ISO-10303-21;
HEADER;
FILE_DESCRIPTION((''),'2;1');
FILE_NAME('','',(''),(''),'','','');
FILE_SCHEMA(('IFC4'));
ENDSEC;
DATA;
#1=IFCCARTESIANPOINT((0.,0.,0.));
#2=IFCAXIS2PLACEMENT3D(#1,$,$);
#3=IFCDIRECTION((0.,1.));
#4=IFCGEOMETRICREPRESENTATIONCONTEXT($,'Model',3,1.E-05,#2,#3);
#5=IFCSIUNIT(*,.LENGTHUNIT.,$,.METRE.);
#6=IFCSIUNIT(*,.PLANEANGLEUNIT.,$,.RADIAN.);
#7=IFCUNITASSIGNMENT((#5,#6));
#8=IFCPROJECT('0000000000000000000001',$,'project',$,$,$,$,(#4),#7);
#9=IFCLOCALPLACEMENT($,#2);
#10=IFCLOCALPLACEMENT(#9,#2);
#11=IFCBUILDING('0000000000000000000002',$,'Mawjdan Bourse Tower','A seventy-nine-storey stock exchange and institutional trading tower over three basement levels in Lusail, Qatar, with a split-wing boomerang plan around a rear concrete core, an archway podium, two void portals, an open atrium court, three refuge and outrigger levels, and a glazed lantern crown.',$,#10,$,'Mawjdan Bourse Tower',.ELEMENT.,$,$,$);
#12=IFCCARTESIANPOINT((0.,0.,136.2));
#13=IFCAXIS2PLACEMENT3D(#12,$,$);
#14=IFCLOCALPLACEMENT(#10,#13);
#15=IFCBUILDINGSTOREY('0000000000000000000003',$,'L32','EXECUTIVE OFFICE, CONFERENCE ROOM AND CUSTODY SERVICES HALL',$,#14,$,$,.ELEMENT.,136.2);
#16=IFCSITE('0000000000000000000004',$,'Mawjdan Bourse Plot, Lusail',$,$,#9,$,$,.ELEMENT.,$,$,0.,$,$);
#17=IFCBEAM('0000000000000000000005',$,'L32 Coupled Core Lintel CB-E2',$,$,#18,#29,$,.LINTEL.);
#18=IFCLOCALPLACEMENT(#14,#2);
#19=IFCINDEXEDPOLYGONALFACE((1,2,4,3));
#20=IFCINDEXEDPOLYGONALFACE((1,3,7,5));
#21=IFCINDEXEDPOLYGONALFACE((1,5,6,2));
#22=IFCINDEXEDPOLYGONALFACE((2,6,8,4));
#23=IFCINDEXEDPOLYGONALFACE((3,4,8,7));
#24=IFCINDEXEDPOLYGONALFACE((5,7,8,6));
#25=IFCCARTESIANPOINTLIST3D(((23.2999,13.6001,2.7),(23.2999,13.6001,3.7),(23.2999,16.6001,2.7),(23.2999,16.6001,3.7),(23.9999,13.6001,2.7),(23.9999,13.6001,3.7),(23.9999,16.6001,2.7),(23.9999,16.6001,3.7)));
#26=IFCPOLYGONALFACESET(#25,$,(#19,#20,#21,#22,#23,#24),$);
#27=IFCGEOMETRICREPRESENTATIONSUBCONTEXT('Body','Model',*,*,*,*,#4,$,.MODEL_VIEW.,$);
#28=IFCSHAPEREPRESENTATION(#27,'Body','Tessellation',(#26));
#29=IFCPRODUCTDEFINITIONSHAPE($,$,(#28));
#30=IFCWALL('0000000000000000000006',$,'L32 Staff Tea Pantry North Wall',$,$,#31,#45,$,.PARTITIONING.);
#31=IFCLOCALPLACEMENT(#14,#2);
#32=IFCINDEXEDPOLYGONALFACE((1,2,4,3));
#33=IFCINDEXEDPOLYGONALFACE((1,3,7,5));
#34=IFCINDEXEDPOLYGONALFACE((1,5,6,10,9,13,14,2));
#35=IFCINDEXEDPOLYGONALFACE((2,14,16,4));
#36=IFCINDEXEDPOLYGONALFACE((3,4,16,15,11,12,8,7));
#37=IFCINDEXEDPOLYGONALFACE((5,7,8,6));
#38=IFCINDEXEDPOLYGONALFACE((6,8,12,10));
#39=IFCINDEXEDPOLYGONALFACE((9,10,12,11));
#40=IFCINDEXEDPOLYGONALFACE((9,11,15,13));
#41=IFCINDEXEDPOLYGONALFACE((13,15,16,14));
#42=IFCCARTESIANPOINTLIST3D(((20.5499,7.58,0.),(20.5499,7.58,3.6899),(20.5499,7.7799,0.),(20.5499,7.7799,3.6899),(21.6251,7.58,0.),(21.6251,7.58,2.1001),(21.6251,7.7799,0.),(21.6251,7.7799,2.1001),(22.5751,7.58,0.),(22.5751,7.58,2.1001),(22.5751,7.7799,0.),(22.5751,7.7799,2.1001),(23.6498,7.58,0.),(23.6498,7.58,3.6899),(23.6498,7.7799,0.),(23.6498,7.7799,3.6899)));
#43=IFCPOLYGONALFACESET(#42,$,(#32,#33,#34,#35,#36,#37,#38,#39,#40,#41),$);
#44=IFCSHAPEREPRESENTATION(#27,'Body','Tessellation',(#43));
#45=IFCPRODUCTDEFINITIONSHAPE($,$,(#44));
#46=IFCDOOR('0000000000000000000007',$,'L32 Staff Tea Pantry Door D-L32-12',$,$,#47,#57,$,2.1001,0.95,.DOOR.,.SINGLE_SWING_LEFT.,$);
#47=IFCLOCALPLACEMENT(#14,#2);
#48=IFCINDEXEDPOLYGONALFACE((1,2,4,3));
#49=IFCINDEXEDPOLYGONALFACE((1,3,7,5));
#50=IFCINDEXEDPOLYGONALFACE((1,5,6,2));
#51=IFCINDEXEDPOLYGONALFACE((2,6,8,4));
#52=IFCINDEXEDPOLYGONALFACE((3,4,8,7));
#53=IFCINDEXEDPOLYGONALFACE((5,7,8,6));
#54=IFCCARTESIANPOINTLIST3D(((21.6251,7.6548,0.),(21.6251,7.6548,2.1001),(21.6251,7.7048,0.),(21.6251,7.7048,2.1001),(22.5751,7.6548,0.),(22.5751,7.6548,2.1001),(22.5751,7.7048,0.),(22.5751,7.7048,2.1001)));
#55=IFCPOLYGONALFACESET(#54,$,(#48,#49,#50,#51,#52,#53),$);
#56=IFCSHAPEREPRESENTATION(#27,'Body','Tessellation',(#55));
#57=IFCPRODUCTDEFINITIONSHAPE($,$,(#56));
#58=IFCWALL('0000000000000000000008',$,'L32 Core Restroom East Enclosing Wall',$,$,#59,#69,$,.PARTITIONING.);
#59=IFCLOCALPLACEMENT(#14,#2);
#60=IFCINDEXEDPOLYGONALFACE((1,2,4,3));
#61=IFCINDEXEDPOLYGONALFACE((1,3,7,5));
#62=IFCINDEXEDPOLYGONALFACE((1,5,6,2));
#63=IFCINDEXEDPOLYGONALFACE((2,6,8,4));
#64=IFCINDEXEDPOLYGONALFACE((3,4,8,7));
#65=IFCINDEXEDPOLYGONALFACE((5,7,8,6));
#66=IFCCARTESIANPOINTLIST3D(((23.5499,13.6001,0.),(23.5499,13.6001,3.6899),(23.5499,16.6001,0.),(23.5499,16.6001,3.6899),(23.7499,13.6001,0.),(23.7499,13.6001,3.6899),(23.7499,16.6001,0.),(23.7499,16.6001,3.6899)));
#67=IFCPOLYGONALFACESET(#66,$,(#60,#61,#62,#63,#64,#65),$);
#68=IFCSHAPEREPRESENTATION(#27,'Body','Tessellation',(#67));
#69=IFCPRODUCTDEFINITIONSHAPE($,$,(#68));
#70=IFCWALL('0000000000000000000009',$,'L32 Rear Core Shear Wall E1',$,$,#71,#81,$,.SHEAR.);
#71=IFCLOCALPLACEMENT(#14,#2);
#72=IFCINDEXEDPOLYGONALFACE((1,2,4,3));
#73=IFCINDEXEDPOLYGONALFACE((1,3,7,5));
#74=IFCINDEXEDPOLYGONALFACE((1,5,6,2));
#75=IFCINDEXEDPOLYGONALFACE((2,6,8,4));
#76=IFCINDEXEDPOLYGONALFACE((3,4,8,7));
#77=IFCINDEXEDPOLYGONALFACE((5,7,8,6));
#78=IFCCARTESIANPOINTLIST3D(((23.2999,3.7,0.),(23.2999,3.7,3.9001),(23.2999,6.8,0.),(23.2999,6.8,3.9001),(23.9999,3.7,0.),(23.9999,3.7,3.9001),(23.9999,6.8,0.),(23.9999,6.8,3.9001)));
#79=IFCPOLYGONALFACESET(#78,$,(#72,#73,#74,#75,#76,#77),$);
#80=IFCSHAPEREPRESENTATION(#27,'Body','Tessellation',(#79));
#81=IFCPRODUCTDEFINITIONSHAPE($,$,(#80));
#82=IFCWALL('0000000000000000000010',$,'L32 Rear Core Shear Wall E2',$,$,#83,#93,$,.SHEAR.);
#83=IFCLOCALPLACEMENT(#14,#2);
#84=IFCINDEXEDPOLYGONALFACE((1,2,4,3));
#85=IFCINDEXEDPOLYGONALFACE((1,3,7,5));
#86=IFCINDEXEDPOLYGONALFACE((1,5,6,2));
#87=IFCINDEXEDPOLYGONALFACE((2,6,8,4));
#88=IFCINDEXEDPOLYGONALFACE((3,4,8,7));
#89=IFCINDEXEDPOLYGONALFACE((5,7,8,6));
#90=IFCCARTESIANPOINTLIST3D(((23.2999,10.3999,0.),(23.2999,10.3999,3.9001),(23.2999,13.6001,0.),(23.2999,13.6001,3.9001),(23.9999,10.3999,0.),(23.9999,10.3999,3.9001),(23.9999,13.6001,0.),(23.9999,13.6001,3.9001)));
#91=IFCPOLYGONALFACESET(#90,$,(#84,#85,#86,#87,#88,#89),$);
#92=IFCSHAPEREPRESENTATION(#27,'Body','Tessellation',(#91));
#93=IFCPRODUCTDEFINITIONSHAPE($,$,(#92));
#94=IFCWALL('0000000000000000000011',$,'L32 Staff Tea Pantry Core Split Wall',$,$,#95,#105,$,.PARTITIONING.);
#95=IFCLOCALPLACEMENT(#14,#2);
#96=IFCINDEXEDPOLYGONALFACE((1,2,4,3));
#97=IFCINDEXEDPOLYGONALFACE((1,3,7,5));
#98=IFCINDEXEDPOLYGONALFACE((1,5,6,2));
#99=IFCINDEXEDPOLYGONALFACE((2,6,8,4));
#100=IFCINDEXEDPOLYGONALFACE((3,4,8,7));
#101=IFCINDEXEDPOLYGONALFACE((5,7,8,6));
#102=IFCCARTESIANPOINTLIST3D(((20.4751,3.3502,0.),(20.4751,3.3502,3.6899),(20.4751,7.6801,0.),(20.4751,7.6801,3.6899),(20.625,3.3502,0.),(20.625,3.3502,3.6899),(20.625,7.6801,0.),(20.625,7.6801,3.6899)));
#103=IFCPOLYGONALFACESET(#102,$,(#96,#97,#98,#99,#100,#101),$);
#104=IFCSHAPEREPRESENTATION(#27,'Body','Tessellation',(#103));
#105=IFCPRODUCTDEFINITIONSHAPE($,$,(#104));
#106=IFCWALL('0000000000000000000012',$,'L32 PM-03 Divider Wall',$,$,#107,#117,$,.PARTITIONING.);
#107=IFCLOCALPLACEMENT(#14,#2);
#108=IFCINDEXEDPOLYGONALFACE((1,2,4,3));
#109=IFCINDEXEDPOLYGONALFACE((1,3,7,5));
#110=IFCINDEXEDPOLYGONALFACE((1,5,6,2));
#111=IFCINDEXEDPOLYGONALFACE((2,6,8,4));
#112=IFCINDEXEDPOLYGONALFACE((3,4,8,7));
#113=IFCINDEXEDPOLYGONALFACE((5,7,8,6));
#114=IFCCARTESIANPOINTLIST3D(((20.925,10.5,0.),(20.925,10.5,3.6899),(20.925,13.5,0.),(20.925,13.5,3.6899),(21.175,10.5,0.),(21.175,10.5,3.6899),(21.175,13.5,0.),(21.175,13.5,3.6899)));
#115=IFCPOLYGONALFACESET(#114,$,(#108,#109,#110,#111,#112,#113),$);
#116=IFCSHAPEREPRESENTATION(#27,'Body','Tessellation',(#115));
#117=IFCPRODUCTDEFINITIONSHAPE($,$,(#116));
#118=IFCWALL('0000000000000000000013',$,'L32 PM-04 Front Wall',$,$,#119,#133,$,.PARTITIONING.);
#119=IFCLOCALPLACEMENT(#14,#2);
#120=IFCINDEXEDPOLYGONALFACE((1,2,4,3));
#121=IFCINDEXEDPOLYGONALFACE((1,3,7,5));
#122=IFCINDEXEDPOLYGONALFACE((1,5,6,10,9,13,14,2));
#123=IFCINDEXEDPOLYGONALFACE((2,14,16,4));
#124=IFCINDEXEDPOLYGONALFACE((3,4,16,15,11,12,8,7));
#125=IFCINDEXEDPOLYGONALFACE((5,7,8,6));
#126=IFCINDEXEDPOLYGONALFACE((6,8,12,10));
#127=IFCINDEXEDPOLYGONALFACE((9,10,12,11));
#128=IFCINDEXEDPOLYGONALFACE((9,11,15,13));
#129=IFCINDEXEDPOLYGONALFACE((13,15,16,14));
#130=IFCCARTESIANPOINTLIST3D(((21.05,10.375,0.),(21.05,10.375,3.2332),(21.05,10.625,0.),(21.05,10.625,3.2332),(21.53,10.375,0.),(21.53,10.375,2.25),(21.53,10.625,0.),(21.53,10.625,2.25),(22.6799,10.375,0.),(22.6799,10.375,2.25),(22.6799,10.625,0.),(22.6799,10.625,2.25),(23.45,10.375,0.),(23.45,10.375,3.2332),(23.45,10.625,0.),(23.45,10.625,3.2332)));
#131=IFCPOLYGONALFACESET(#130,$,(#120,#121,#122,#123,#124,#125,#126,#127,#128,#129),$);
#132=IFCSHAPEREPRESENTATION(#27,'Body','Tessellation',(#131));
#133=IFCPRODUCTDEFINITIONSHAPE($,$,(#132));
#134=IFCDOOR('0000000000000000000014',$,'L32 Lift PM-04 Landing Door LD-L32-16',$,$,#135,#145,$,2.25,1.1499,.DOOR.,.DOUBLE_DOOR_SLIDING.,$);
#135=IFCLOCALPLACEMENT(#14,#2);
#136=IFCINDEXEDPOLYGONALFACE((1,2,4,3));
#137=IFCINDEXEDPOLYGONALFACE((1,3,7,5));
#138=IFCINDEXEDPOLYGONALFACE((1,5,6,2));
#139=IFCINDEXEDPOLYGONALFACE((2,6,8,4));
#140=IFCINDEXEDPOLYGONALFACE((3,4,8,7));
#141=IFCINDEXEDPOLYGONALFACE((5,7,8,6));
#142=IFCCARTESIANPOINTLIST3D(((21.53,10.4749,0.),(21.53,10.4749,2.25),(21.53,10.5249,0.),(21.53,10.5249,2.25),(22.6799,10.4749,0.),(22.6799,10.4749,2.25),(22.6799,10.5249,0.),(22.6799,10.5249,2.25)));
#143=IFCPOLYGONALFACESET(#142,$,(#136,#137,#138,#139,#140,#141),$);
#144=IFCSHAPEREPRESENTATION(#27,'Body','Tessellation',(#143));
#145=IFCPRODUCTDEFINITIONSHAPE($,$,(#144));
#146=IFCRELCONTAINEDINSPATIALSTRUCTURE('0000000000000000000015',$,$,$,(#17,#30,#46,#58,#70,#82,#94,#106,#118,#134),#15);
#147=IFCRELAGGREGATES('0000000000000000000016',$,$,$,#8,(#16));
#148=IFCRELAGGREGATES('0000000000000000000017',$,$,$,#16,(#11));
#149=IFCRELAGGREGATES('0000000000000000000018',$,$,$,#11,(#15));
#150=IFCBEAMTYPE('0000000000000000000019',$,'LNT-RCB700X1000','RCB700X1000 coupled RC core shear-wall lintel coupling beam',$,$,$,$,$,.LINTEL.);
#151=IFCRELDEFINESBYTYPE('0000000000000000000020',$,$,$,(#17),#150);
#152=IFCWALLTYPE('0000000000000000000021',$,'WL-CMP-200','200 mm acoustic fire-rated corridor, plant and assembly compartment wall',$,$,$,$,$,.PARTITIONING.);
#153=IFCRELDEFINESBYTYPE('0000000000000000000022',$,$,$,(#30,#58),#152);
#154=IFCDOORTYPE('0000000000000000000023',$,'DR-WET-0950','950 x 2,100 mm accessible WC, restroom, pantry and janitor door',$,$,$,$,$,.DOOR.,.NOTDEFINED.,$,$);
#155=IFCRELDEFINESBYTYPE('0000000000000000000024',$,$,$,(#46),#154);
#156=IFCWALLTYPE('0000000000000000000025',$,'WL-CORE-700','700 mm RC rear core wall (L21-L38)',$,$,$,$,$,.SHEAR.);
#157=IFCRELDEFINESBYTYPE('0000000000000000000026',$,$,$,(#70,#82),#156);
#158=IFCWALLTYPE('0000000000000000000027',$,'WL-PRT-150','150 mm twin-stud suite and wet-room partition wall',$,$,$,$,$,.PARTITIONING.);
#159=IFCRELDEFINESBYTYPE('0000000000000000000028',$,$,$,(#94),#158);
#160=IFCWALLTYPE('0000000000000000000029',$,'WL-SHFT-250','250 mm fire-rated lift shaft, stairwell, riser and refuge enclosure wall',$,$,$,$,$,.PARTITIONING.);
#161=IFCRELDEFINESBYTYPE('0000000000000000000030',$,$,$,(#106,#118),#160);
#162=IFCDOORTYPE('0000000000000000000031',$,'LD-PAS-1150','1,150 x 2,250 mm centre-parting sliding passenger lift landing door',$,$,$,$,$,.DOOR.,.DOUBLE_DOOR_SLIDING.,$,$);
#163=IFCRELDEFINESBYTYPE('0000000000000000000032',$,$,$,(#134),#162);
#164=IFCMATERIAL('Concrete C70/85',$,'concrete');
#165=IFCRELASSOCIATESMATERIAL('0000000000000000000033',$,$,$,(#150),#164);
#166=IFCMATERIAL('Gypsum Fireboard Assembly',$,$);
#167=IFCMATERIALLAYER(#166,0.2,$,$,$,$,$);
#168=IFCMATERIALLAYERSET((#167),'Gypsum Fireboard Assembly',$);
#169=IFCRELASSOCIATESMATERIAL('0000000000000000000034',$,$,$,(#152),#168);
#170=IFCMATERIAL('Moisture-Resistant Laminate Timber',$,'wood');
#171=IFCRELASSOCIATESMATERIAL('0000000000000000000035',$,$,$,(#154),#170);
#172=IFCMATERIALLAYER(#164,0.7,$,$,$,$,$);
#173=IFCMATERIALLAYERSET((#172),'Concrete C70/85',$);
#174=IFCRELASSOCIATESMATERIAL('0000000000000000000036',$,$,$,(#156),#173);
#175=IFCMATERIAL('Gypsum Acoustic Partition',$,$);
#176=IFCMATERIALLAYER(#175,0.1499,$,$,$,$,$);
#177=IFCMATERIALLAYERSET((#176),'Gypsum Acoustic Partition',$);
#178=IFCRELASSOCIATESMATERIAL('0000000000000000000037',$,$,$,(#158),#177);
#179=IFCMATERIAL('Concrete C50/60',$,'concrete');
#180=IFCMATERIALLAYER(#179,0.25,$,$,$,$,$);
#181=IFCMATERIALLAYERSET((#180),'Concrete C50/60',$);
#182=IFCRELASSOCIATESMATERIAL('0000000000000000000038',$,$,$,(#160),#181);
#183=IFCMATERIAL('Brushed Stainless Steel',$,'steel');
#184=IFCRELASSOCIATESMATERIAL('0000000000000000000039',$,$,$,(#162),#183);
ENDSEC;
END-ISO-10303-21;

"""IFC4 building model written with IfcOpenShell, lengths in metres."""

from ifc_helpers import new_model, si_unit, direction, frame, frame_2d, origin, origin_2d, place, context, subcontext, project, spatial, rectangle, extrude, material, layer, layer_set, material_profile, profile_set, type_object, element, fill, save


model = new_model("IFC4")

# Units and contexts
model_context = context("Model", 3, precision=1e-05, world=origin(), true_north=direction((0.0, 1.0)))
body_context = subcontext(model_context, "Body", "Model", "MODEL_VIEW")
ifc_project = project(units=[si_unit("LENGTHUNIT", "METRE"), si_unit("PLANEANGLEUNIT", "RADIAN")], contexts=[model_context])

# Site, building, storey
site_placement = place(None, origin())
site = spatial("IfcSite", under=ifc_project, at=site_placement, Name="Mawjdan Bourse Plot, Lusail", CompositionType="ELEMENT", RefElevation=0.0)
building_placement = place(site_placement, origin())
building = spatial("IfcBuilding", under=site, at=building_placement, Name="Mawjdan Bourse Tower", Description="A seventy-nine-storey stock exchange and institutional trading tower over three basement levels in Lusail, Qatar, with a split-wing boomerang plan around a rear concrete core, an archway podium, two void portals, an open atrium court, three refuge and outrigger levels, and a glazed lantern crown.", LongName="Mawjdan Bourse Tower", CompositionType="ELEMENT")
storey_placement = place(building_placement, frame((0.0, 0.0, 136.2)))
storey = spatial("IfcBuildingStorey", under=building, at=storey_placement, Name="L32", Description="EXECUTIVE OFFICE, CONFERENCE ROOM AND CUSTODY SERVICES HALL", CompositionType="ELEMENT", Elevation=136.2)

# Beam
ifc_material_1 = material(Name="Concrete C70/85", Category="concrete")
ifc_material_profile_1 = material_profile(ifc_material_1, rectangle(XDim=0.7, YDim=1.0, at=origin_2d()), Name="RCB700X1000")
ifc_profile_set_1 = profile_set([ifc_material_profile_1], Name="Concrete C70/85")
beam_type_1 = type_object("IfcBeamType", Name="LNT-RCB700X1000", Description="RCB700X1000 coupled RC core shear-wall lintel coupling beam", PredefinedType="LINTEL", material=ifc_profile_set_1)
beam_1_placement = place(storey_placement, frame((23.6499, 13.6001, 3.2), z_axis=(0.0, 1.0, 0.0), x_axis=(-1.0, 0.0, 0.0)))
element("IfcBeam", 1, at=beam_1_placement, inside=storey, type_object=beam_type_1, Name="L32 Coupled Core Lintel CB-E2", PredefinedType="LINTEL", context=body_context, shape_type="SweptSolid", body=[
    extrude(rectangle(XDim=0.7, YDim=1.0, at=origin_2d()), origin(), (0.0, 0.0, 1.0), 3.0),
])

# Wall, opening, door
ifc_material_2 = material(Name="Gypsum Fireboard Assembly")
ifc_layer_1 = layer(ifc_material_2, 0.2)
ifc_layer_set_1 = layer_set([ifc_layer_1], Name="Gypsum Fireboard Assembly")
wall_type_1 = type_object("IfcWallType", Name="WL-CMP-200", Description="200 mm acoustic fire-rated corridor, plant and assembly compartment wall", PredefinedType="PARTITIONING", material=ifc_layer_set_1)
wall_1_placement = place(storey_placement, frame((20.55, 7.6799, 0.0), z_axis=(0.0, 0.0, 1.0), x_axis=(1.0, 0.0, 0.0)))
wall_1 = element("IfcWall", 2, at=wall_1_placement, inside=storey, type_object=wall_type_1, Name="L32 Staff Tea Pantry North Wall", PredefinedType="PARTITIONING", context=body_context, shape_type="SweptSolid", body=[
    extrude(rectangle(XDim=3.0999, YDim=0.2, at=frame_2d((1.5498, 0.0))), origin(), (0.0, 0.0, 1.0), 3.6899),
])
opening_1_placement = place(wall_1_placement, frame((1.075, 0.0, 0.0)))
opening_1 = element("IfcOpeningElement", 3, at=opening_1_placement, cuts=wall_1, PredefinedType="OPENING", context=body_context, shape_type="SweptSolid", body=[
    extrude(rectangle(XDim=0.95, YDim=2.1001, at=frame_2d((0.4751, 1.05))), frame((0.0, 0.1099, 0.0), z_axis=(0.0, -1.0, 0.0), x_axis=(1.0, 0.0, 0.0)), (0.0, 0.0, 1.0), 0.22),
])
ifc_material_3 = material(Name="Moisture-Resistant Laminate Timber", Category="wood")
door_type_1 = type_object("IfcDoorType", Name="DR-WET-0950", Description="950 x 2,100 mm accessible WC, restroom, pantry and janitor door", OperationType="NOTDEFINED", PredefinedType="DOOR", material=ifc_material_3)
door_1_placement = place(opening_1_placement, origin())
door_1 = element("IfcDoor", 4, at=door_1_placement, inside=storey, type_object=door_type_1, Name="L32 Staff Tea Pantry Door D-L32-12", OperationType="SINGLE_SWING_LEFT", OverallHeight=2.1001, OverallWidth=0.95, PredefinedType="DOOR", context=body_context, shape_type="SweptSolid", body=[
    extrude(rectangle(XDim=0.95, YDim=2.1001, at=frame_2d((0.4751, 1.05))), frame((0.0, 0.0249, 0.0), z_axis=(0.0, -1.0, 0.0), x_axis=(1.0, 0.0, 0.0)), (0.0, 0.0, 1.0), 0.05),
])
fill(opening_1, door_1)

# Wall
wall_2_placement = place(storey_placement, frame((23.6499, 13.6001, 0.0), z_axis=(0.0, 0.0, 1.0), x_axis=(0.0, 1.0, 0.0)))
element("IfcWall", 5, at=wall_2_placement, inside=storey, type_object=wall_type_1, Name="L32 Core Restroom East Enclosing Wall", PredefinedType="PARTITIONING", context=body_context, shape_type="SweptSolid", body=[
    extrude(rectangle(XDim=3.0, YDim=0.2, at=frame_2d((1.5, 0.0))), origin(), (0.0, 0.0, 1.0), 3.6899),
])

# Walls
ifc_layer_2 = layer(ifc_material_1, 0.7)
ifc_layer_set_2 = layer_set([ifc_layer_2], Name="Concrete C70/85")
wall_type_2 = type_object("IfcWallType", Name="WL-CORE-700", Description="700 mm RC rear core wall (L21-L38)", PredefinedType="SHEAR", material=ifc_layer_set_2)
wall_3_placement = place(storey_placement, frame((23.6499, 3.7, 0.0), z_axis=(0.0, 0.0, 1.0), x_axis=(0.0, 1.0, 0.0)))
element("IfcWall", 6, at=wall_3_placement, inside=storey, type_object=wall_type_2, Name="L32 Rear Core Shear Wall E1", PredefinedType="SHEAR", context=body_context, shape_type="SweptSolid", body=[
    extrude(rectangle(XDim=3.1001, YDim=0.7, at=frame_2d((1.55, 0.0))), origin(), (0.0, 0.0, 1.0), 3.9001),
])
wall_4_placement = place(storey_placement, frame((23.6499, 10.3999, 0.0), z_axis=(0.0, 0.0, 1.0), x_axis=(0.0, 1.0, 0.0)))
element("IfcWall", 7, at=wall_4_placement, inside=storey, type_object=wall_type_2, Name="L32 Rear Core Shear Wall E2", PredefinedType="SHEAR", context=body_context, shape_type="SweptSolid", body=[
    extrude(rectangle(XDim=3.2002, YDim=0.7, at=frame_2d((1.6001, 0.0))), origin(), (0.0, 0.0, 1.0), 3.9001),
])
ifc_material_4 = material(Name="Gypsum Acoustic Partition")
ifc_layer_3 = layer(ifc_material_4, 0.1499)
ifc_layer_set_3 = layer_set([ifc_layer_3], Name="Gypsum Acoustic Partition")
wall_type_3 = type_object("IfcWallType", Name="WL-PRT-150", Description="150 mm twin-stud suite and wet-room partition wall", PredefinedType="PARTITIONING", material=ifc_layer_set_3)
wall_5_placement = place(storey_placement, frame((20.55, 3.3501, 0.0), z_axis=(0.0, 0.0, 1.0), x_axis=(0.0, 1.0, 0.0)))
element("IfcWall", 8, at=wall_5_placement, inside=storey, type_object=wall_type_3, Name="L32 Staff Tea Pantry Core Split Wall", PredefinedType="PARTITIONING", context=body_context, shape_type="SweptSolid", body=[
    extrude(rectangle(XDim=4.3298, YDim=0.1499, at=frame_2d((2.165, 0.0))), origin(), (0.0, 0.0, 1.0), 3.6899),
])
ifc_material_5 = material(Name="Concrete C50/60", Category="concrete")
ifc_layer_4 = layer(ifc_material_5, 0.25)
ifc_layer_set_4 = layer_set([ifc_layer_4], Name="Concrete C50/60")
wall_type_4 = type_object("IfcWallType", Name="WL-SHFT-250", Description="250 mm fire-rated lift shaft, stairwell, riser and refuge enclosure wall", PredefinedType="PARTITIONING", material=ifc_layer_set_4)
wall_6_placement = place(storey_placement, frame((21.05, 10.5, 0.0), z_axis=(0.0, 0.0, 1.0), x_axis=(0.0, 1.0, 0.0)))
element("IfcWall", 9, at=wall_6_placement, inside=storey, type_object=wall_type_4, Name="L32 PM-03 Divider Wall", PredefinedType="PARTITIONING", context=body_context, shape_type="SweptSolid", body=[
    extrude(rectangle(XDim=3.0, YDim=0.25, at=frame_2d((1.5, 0.0))), origin(), (0.0, 0.0, 1.0), 3.6899),
])

# Wall, opening, door
wall_7_placement = place(storey_placement, frame((21.05, 10.5, 0.0), z_axis=(0.0, 0.0, 1.0), x_axis=(1.0, 0.0, 0.0)))
wall_7 = element("IfcWall", 10, at=wall_7_placement, inside=storey, type_object=wall_type_4, Name="L32 PM-04 Front Wall", PredefinedType="PARTITIONING", context=body_context, shape_type="SweptSolid", body=[
    extrude(rectangle(XDim=2.3999, YDim=0.25, at=frame_2d((1.2, 0.0))), origin(), (0.0, 0.0, 1.0), 3.2332),
])
opening_2_placement = place(wall_7_placement, frame((0.48, 0.0, 0.0)))
opening_2 = element("IfcOpeningElement", 11, at=opening_2_placement, cuts=wall_7, PredefinedType="OPENING", context=body_context, shape_type="SweptSolid", body=[
    extrude(rectangle(XDim=1.1499, YDim=2.25, at=frame_2d((0.575, 1.125))), frame((0.0, 0.135, 0.0), z_axis=(0.0, -1.0, 0.0), x_axis=(1.0, 0.0, 0.0)), (0.0, 0.0, 1.0), 0.27),
])
ifc_material_6 = material(Name="Brushed Stainless Steel", Category="steel")
door_type_2 = type_object("IfcDoorType", Name="LD-PAS-1150", Description="1,150 x 2,250 mm centre-parting sliding passenger lift landing door", OperationType="DOUBLE_DOOR_SLIDING", PredefinedType="DOOR", material=ifc_material_6)
door_2_placement = place(opening_2_placement, origin())
door_2 = element("IfcDoor", 12, at=door_2_placement, inside=storey, type_object=door_type_2, Name="L32 Lift PM-04 Landing Door LD-L32-16", OperationType="DOUBLE_DOOR_SLIDING", OverallHeight=2.25, OverallWidth=1.1499, PredefinedType="DOOR", context=body_context, shape_type="SweptSolid", body=[
    extrude(rectangle(XDim=1.1499, YDim=2.25, at=frame_2d((0.575, 1.125))), frame((0.0, 0.0249, 0.0), z_axis=(0.0, -1.0, 0.0), x_axis=(1.0, 0.0, 0.0)), (0.0, 0.0, 1.0), 0.05),
])
fill(opening_2, door_2)

save(model, "model.ifc")
